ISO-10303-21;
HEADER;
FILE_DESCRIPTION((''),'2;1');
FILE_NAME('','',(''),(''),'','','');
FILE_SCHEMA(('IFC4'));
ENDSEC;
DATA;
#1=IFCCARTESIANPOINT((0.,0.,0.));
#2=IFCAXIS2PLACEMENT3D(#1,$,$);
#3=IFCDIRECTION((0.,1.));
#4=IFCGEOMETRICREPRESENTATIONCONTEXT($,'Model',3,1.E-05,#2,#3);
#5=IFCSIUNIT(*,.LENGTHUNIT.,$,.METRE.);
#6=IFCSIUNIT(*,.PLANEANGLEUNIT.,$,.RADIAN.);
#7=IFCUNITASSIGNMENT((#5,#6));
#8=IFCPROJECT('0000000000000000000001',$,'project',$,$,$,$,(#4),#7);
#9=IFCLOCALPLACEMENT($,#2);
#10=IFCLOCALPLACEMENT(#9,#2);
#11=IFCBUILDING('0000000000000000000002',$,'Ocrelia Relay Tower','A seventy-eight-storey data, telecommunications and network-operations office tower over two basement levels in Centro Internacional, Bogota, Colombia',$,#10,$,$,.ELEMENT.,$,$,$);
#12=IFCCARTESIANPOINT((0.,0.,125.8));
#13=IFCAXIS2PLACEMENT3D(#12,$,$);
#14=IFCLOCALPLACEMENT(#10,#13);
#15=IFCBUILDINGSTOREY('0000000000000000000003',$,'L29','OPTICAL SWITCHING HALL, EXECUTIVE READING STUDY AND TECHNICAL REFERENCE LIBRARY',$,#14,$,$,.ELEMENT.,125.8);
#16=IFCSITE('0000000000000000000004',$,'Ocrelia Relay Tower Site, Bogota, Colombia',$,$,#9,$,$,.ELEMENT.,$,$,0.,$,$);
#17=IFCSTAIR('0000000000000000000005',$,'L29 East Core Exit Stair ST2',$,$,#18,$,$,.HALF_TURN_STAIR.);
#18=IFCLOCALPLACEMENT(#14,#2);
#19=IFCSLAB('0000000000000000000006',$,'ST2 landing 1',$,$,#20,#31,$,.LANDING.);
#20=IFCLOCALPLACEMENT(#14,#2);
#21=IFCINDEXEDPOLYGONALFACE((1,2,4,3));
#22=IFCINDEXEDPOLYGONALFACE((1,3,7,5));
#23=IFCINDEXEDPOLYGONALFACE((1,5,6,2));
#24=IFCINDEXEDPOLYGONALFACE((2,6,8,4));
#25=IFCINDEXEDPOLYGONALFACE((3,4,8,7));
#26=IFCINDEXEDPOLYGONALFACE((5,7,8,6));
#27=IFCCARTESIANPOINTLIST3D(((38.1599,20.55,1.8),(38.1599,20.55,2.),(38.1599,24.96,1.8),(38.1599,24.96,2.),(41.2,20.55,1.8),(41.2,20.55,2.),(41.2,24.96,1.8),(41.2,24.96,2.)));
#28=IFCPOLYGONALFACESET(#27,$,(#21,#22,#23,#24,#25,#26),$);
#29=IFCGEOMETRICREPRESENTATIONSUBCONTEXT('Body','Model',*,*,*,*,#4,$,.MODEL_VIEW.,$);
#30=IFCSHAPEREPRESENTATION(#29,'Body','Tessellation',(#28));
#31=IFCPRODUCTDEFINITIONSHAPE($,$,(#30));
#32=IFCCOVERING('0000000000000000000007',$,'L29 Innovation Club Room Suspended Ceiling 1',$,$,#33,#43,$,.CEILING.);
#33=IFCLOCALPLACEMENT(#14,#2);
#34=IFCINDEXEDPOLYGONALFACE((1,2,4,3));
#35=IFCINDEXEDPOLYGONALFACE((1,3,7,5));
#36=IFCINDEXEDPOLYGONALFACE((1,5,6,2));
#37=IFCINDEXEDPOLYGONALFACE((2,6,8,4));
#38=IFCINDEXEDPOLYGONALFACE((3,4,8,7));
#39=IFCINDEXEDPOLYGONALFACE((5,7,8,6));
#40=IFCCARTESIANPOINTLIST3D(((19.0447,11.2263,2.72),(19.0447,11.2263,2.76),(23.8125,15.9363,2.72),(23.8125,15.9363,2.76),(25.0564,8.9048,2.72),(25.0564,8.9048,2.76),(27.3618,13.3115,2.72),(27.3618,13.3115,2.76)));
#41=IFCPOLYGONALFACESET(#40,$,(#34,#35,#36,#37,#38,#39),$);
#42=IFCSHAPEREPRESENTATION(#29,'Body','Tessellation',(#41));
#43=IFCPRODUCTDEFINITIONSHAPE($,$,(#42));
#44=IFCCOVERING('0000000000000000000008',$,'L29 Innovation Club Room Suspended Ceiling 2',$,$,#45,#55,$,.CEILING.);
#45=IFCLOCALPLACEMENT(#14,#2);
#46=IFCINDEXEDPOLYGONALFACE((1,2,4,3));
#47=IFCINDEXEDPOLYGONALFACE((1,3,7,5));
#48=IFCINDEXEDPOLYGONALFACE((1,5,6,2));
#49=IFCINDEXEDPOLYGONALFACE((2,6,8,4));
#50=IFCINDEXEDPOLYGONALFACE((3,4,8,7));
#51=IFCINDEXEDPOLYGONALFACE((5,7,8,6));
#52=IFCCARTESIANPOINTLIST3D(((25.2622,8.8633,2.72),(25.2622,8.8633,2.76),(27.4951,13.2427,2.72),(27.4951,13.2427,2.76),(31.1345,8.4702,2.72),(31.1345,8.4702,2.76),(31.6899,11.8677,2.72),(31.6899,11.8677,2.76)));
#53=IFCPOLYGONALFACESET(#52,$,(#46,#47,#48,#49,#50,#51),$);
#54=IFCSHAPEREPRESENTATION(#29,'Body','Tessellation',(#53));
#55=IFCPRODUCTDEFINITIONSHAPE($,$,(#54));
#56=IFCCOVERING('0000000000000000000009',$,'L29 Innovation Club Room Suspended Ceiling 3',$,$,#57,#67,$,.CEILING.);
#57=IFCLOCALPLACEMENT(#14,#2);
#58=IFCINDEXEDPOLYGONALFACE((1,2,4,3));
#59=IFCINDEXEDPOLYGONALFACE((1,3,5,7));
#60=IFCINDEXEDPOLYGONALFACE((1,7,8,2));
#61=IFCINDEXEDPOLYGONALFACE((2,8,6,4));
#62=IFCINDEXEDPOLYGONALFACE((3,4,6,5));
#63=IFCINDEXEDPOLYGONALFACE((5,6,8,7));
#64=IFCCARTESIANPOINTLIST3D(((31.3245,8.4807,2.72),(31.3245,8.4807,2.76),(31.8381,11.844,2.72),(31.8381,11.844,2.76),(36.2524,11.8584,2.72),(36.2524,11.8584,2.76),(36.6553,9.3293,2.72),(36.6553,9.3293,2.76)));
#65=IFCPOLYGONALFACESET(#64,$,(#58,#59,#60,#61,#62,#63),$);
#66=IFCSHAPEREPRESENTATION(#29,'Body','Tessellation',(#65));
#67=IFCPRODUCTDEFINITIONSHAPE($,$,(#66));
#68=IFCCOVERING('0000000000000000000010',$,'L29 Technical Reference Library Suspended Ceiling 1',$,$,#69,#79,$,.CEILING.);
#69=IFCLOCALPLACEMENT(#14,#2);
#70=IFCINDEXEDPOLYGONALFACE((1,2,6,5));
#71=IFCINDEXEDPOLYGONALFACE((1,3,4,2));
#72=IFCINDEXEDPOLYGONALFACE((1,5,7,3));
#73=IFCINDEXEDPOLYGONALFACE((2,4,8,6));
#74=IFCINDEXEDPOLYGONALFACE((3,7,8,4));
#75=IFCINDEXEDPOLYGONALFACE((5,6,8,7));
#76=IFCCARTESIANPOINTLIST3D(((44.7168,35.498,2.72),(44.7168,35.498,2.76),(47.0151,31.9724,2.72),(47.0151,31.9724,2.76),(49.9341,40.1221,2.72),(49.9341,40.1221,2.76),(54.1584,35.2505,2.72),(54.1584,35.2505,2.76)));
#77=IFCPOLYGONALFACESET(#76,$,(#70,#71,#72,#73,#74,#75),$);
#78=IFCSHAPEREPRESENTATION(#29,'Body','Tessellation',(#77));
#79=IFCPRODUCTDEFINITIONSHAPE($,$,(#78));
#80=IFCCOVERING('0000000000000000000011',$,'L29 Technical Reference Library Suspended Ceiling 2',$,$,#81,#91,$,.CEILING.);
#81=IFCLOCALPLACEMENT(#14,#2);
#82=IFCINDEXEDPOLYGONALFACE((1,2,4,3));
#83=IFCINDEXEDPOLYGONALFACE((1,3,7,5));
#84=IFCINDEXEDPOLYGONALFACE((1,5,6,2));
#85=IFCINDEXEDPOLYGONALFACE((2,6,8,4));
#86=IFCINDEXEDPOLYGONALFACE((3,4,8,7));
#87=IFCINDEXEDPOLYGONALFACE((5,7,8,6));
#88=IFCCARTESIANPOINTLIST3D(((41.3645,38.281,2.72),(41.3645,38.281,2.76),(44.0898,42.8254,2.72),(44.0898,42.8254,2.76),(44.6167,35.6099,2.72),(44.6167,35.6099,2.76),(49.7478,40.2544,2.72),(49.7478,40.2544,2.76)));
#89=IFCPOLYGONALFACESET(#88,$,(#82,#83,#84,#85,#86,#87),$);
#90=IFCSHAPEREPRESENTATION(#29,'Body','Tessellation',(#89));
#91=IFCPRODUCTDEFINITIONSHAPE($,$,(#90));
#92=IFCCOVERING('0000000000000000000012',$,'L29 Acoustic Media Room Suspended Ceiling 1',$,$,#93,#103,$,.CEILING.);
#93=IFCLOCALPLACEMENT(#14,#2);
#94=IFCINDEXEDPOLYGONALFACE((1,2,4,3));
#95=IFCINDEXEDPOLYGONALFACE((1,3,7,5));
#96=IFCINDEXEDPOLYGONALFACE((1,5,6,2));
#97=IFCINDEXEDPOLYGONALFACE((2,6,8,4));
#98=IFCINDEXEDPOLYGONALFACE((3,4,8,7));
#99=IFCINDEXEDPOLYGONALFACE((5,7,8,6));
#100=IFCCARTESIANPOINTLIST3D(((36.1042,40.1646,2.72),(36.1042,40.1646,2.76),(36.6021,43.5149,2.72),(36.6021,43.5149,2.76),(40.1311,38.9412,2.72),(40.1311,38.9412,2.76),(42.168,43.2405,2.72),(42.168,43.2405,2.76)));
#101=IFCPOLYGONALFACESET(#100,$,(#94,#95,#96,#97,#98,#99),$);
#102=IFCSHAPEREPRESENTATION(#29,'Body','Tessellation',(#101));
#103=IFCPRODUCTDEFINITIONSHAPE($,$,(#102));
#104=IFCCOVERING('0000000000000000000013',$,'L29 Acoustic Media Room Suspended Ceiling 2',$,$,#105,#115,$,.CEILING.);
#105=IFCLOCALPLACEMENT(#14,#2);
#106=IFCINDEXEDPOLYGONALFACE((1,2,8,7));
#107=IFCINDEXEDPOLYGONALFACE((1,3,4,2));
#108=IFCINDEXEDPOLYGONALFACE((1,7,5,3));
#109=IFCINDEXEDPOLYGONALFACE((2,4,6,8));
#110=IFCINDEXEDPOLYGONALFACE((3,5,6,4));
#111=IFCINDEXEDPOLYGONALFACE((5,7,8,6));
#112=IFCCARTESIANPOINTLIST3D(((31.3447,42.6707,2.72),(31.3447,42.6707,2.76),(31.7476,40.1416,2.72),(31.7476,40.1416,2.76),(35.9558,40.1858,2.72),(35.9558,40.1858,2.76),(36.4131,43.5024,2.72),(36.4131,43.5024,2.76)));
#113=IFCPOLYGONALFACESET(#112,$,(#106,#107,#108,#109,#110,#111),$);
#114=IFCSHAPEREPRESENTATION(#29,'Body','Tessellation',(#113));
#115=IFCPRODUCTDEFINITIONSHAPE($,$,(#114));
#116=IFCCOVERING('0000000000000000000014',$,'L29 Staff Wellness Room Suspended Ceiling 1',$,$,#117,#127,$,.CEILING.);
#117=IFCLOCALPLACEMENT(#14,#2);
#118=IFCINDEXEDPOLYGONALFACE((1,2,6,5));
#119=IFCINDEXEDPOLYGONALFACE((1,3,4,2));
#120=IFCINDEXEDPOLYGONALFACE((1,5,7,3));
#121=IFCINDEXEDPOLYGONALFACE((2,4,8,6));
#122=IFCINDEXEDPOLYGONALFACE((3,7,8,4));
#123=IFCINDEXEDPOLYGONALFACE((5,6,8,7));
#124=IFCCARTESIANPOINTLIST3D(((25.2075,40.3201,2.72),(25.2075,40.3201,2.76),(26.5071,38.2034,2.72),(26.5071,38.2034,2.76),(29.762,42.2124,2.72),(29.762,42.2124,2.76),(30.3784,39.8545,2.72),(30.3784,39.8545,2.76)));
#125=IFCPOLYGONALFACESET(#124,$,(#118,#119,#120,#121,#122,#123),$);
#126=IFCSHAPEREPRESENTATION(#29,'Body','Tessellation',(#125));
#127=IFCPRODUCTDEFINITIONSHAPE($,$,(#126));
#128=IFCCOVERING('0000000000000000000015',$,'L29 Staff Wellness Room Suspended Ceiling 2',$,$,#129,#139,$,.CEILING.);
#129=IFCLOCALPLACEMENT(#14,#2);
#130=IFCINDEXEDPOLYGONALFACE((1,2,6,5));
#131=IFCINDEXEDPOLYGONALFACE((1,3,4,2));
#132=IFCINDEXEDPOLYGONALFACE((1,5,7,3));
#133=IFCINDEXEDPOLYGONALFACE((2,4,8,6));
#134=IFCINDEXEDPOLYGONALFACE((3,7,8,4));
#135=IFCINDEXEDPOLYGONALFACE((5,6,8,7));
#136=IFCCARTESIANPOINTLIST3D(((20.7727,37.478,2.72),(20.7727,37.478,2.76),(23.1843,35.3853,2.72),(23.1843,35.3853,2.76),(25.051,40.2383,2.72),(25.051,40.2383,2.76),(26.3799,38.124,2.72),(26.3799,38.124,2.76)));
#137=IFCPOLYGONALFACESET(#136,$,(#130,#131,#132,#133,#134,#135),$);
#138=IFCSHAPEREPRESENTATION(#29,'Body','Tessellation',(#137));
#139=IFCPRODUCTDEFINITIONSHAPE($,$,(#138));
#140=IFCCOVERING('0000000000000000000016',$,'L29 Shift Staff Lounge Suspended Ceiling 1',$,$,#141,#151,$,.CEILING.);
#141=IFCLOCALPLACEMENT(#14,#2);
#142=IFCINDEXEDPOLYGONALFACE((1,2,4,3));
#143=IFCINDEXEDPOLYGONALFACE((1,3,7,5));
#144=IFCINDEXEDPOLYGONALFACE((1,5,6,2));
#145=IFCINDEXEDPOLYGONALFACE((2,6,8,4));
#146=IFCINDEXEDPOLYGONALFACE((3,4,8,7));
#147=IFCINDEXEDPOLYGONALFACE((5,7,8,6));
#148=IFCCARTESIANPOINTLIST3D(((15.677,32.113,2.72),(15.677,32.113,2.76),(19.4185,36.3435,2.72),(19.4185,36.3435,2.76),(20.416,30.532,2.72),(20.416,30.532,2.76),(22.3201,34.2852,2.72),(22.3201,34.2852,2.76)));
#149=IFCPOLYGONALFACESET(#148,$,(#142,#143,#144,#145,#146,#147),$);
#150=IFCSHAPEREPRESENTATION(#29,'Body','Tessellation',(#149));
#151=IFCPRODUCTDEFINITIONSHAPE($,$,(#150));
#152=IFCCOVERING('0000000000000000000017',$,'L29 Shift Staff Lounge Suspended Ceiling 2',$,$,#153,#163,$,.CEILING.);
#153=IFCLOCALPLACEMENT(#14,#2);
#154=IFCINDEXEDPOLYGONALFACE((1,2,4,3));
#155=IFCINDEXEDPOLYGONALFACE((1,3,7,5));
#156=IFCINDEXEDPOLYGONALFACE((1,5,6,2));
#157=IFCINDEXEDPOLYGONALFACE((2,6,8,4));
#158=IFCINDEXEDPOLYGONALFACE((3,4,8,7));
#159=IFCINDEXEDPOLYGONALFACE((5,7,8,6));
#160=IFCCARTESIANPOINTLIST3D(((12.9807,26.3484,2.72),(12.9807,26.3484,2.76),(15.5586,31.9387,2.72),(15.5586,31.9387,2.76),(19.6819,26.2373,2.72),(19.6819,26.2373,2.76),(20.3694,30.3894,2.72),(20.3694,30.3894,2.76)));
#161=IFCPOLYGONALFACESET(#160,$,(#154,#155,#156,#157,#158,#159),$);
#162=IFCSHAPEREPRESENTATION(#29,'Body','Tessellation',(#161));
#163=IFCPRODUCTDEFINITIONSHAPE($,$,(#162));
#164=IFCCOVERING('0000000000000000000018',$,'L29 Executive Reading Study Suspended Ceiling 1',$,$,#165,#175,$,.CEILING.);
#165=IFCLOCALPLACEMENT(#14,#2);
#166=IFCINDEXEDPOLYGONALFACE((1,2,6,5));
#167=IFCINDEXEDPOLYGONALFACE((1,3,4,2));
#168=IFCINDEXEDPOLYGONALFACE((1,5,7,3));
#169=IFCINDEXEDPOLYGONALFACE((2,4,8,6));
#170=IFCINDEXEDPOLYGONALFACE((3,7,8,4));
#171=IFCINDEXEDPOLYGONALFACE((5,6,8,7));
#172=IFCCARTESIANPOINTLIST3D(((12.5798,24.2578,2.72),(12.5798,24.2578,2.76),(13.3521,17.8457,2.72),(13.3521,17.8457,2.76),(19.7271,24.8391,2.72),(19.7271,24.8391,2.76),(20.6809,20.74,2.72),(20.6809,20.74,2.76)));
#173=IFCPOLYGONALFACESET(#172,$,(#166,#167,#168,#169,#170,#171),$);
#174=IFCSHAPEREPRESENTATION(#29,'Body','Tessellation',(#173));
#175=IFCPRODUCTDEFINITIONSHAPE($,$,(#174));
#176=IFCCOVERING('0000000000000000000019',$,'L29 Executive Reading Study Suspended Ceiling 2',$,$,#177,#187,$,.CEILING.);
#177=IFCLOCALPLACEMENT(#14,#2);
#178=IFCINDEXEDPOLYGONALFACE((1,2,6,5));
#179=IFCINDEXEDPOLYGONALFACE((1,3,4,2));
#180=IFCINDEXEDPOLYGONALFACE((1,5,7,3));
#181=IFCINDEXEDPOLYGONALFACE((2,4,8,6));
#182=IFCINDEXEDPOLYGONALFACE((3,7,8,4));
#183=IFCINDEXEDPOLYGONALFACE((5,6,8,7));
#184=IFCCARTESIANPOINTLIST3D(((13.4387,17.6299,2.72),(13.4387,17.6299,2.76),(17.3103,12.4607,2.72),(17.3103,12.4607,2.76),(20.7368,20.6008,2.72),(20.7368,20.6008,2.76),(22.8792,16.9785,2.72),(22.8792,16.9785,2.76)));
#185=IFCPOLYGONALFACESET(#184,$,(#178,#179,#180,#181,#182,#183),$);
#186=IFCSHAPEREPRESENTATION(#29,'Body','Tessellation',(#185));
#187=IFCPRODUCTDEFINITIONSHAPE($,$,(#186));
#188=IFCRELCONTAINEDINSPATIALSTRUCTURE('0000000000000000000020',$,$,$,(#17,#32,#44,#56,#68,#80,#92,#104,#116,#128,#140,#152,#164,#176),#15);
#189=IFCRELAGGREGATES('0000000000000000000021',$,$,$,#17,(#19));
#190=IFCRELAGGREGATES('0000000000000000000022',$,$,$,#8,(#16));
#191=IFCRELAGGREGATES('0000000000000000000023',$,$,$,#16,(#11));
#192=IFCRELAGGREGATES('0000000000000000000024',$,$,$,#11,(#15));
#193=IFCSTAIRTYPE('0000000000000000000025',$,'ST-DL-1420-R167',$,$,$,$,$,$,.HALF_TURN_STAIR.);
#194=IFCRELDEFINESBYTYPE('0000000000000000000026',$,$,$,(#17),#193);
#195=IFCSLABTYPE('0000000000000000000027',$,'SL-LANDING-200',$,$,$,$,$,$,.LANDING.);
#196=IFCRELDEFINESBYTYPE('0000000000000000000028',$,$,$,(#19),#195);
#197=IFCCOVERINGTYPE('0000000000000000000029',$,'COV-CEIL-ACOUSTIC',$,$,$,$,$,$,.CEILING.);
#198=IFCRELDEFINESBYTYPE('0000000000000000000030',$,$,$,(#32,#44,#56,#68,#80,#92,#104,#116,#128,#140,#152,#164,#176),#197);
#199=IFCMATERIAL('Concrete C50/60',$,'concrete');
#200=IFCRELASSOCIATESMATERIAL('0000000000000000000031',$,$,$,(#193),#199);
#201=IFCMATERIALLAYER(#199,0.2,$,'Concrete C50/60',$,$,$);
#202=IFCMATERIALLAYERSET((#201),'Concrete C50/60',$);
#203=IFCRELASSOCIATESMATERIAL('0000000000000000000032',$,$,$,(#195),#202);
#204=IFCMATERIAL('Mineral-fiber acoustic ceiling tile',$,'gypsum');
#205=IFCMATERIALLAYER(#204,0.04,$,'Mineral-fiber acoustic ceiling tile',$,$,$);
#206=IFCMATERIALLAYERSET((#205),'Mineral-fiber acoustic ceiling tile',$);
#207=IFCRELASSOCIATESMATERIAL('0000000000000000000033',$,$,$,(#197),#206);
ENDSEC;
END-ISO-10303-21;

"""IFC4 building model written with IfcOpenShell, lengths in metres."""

from ifc_helpers import new_model, si_unit, direction, frame, origin, place, context, subcontext, project, spatial, polyline, outline, extrude, material, layer, layer_set, type_object, element, aggregate, save


model = new_model("IFC4")

# Units and contexts
model_context = context("Model", 3, precision=1e-05, world=origin(), true_north=direction((0.0, 1.0)))
body_context = subcontext(model_context, "Body", "Model", "MODEL_VIEW")
ifc_project = project(units=[si_unit("LENGTHUNIT", "METRE"), si_unit("PLANEANGLEUNIT", "RADIAN")], contexts=[model_context])

# Site, building, storey
site_placement = place(None, origin())
site = spatial("IfcSite", under=ifc_project, at=site_placement, Name="Ocrelia Relay Tower Site, Bogota, Colombia", CompositionType="ELEMENT", RefElevation=0.0)
building_placement = place(site_placement, origin())
building = spatial("IfcBuilding", under=site, at=building_placement, Name="Ocrelia Relay Tower", Description="A seventy-eight-storey data, telecommunications and network-operations office tower over two basement levels in Centro Internacional, Bogota, Colombia", CompositionType="ELEMENT")
storey_placement = place(building_placement, frame((0.0, 0.0, 125.8)))
storey = spatial("IfcBuildingStorey", under=building, at=storey_placement, Name="L29", Description="OPTICAL SWITCHING HALL, EXECUTIVE READING STUDY AND TECHNICAL REFERENCE LIBRARY", CompositionType="ELEMENT", Elevation=125.8)

# Shared definitions
ifc_material_1 = material(Name="Concrete C50/60", Category="concrete")

# Stair, slab
stair_type = type_object("IfcStairType", Name="ST-DL-1420-R167", PredefinedType="HALF_TURN_STAIR", material=ifc_material_1)
ifc_layer_1 = layer(ifc_material_1, 0.2, Name="Concrete C50/60")
ifc_layer_set_1 = layer_set([ifc_layer_1], Name="Concrete C50/60")
slab_type_1 = type_object("IfcSlabType", Name="SL-LANDING-200", PredefinedType="LANDING", material=ifc_layer_set_1)
stair_1_placement = place(storey_placement, origin())
stair_1 = element("IfcStair", 1, at=stair_1_placement, inside=storey, type_object=stair_type, Name="L29 East Core Exit Stair ST2", PredefinedType="HALF_TURN_STAIR")
slab_1_placement = place(storey_placement, frame((0.0, 0.0, 1.8)))
slab_1 = element("IfcSlab", 2, at=slab_1_placement, type_object=slab_type_1, Name="ST2 landing 1", PredefinedType="LANDING", context=body_context, shape_type="SweptSolid", body=[
    extrude(outline(polyline([(38.1599, 24.96), (38.1599, 20.55), (41.2, 20.55), (41.2, 24.96), (38.1599, 24.96)])), origin(), (0.0, 0.0, 1.0), 0.2),
])
aggregate(stair_1, [slab_1])

# Coverings
ifc_material_2 = material(Name="Mineral-fiber acoustic ceiling tile", Category="gypsum")
ifc_layer_2 = layer(ifc_material_2, 0.04, Name="Mineral-fiber acoustic ceiling tile")
ifc_layer_set_2 = layer_set([ifc_layer_2], Name="Mineral-fiber acoustic ceiling tile")
covering_type_1 = type_object("IfcCoveringType", Name="COV-CEIL-ACOUSTIC", PredefinedType="CEILING", material=ifc_layer_set_2)
covering_1_placement = place(storey_placement, frame((0.0, 0.0, 2.72)))
element("IfcCovering", 3, at=covering_1_placement, inside=storey, type_object=covering_type_1, Name="L29 Innovation Club Room Suspended Ceiling 1", PredefinedType="CEILING", context=body_context, shape_type="SweptSolid", body=[
    extrude(outline(polyline([(23.8125, 15.9363), (19.0447, 11.2263), (25.0564, 8.9048), (27.3618, 13.3115), (23.8125, 15.9363)])), origin(), (0.0, 0.0, 1.0), 0.04),
])
covering_2_placement = place(storey_placement, frame((0.0, 0.0, 2.72)))
element("IfcCovering", 4, at=covering_2_placement, inside=storey, type_object=covering_type_1, Name="L29 Innovation Club Room Suspended Ceiling 2", PredefinedType="CEILING", context=body_context, shape_type="SweptSolid", body=[
    extrude(outline(polyline([(27.4951, 13.2427), (25.2622, 8.8633), (31.1345, 8.4702), (31.6899, 11.8677), (27.4951, 13.2427)])), origin(), (0.0, 0.0, 1.0), 0.04),
])
covering_3_placement = place(storey_placement, frame((0.0, 0.0, 2.72)))
element("IfcCovering", 5, at=covering_3_placement, inside=storey, type_object=covering_type_1, Name="L29 Innovation Club Room Suspended Ceiling 3", PredefinedType="CEILING", context=body_context, shape_type="SweptSolid", body=[
    extrude(outline(polyline([(31.8381, 11.844), (31.3245, 8.4807), (36.6553, 9.3293), (36.2524, 11.8584), (31.8381, 11.844)])), origin(), (0.0, 0.0, 1.0), 0.04),
])
covering_4_placement = place(storey_placement, frame((0.0, 0.0, 2.72)))
element("IfcCovering", 6, at=covering_4_placement, inside=storey, type_object=covering_type_1, Name="L29 Technical Reference Library Suspended Ceiling 1", PredefinedType="CEILING", context=body_context, shape_type="SweptSolid", body=[
    extrude(outline(polyline([(47.0151, 31.9724), (54.1584, 35.2505), (49.9341, 40.1221), (44.7168, 35.498), (47.0151, 31.9724)])), origin(), (0.0, 0.0, 1.0), 0.04),
])
covering_5_placement = place(storey_placement, frame((0.0, 0.0, 2.72)))
element("IfcCovering", 7, at=covering_5_placement, inside=storey, type_object=covering_type_1, Name="L29 Technical Reference Library Suspended Ceiling 2", PredefinedType="CEILING", context=body_context, shape_type="SweptSolid", body=[
    extrude(outline(polyline([(44.6167, 35.6099), (49.7478, 40.2544), (44.0898, 42.8254), (41.3645, 38.281), (44.6167, 35.6099)])), origin(), (0.0, 0.0, 1.0), 0.04),
])
covering_6_placement = place(storey_placement, frame((0.0, 0.0, 2.72)))
element("IfcCovering", 8, at=covering_6_placement, inside=storey, type_object=covering_type_1, Name="L29 Acoustic Media Room Suspended Ceiling 1", PredefinedType="CEILING", context=body_context, shape_type="SweptSolid", body=[
    extrude(outline(polyline([(40.1311, 38.9412), (42.168, 43.2405), (36.6021, 43.5149), (36.1042, 40.1646), (40.1311, 38.9412)])), origin(), (0.0, 0.0, 1.0), 0.04),
])
covering_7_placement = place(storey_placement, frame((0.0, 0.0, 2.72)))
element("IfcCovering", 9, at=covering_7_placement, inside=storey, type_object=covering_type_1, Name="L29 Acoustic Media Room Suspended Ceiling 2", PredefinedType="CEILING", context=body_context, shape_type="SweptSolid", body=[
    extrude(outline(polyline([(35.9558, 40.1858), (36.4131, 43.5024), (31.3447, 42.6707), (31.7476, 40.1416), (35.9558, 40.1858)])), origin(), (0.0, 0.0, 1.0), 0.04),
])
covering_8_placement = place(storey_placement, frame((0.0, 0.0, 2.72)))
element("IfcCovering", 10, at=covering_8_placement, inside=storey, type_object=covering_type_1, Name="L29 Staff Wellness Room Suspended Ceiling 1", PredefinedType="CEILING", context=body_context, shape_type="SweptSolid", body=[
    extrude(outline(polyline([(30.3784, 39.8545), (29.762, 42.2124), (25.2075, 40.3201), (26.5071, 38.2034), (30.3784, 39.8545)])), origin(), (0.0, 0.0, 1.0), 0.04),
])
covering_9_placement = place(storey_placement, frame((0.0, 0.0, 2.72)))
element("IfcCovering", 11, at=covering_9_placement, inside=storey, type_object=covering_type_1, Name="L29 Staff Wellness Room Suspended Ceiling 2", PredefinedType="CEILING", context=body_context, shape_type="SweptSolid", body=[
    extrude(outline(polyline([(26.3799, 38.124), (25.051, 40.2383), (20.7727, 37.478), (23.1843, 35.3853), (26.3799, 38.124)])), origin(), (0.0, 0.0, 1.0), 0.04),
])
covering_10_placement = place(storey_placement, frame((0.0, 0.0, 2.72)))
element("IfcCovering", 12, at=covering_10_placement, inside=storey, type_object=covering_type_1, Name="L29 Shift Staff Lounge Suspended Ceiling 1", PredefinedType="CEILING", context=body_context, shape_type="SweptSolid", body=[
    extrude(outline(polyline([(22.3201, 34.2852), (19.4185, 36.3435), (15.677, 32.113), (20.416, 30.532), (22.3201, 34.2852)])), origin(), (0.0, 0.0, 1.0), 0.04),
])
covering_11_placement = place(storey_placement, frame((0.0, 0.0, 2.72)))
element("IfcCovering", 13, at=covering_11_placement, inside=storey, type_object=covering_type_1, Name="L29 Shift Staff Lounge Suspended Ceiling 2", PredefinedType="CEILING", context=body_context, shape_type="SweptSolid", body=[
    extrude(outline(polyline([(20.3694, 30.3894), (15.5586, 31.9387), (12.9807, 26.3484), (19.6819, 26.2373), (20.3694, 30.3894)])), origin(), (0.0, 0.0, 1.0), 0.04),
])
covering_12_placement = place(storey_placement, frame((0.0, 0.0, 2.72)))
element("IfcCovering", 14, at=covering_12_placement, inside=storey, type_object=covering_type_1, Name="L29 Executive Reading Study Suspended Ceiling 1", PredefinedType="CEILING", context=body_context, shape_type="SweptSolid", body=[
    extrude(outline(polyline([(19.7271, 24.8391), (12.5798, 24.2578), (13.3521, 17.8457), (20.6809, 20.74), (19.7271, 24.8391)])), origin(), (0.0, 0.0, 1.0), 0.04),
])
covering_13_placement = place(storey_placement, frame((0.0, 0.0, 2.72)))
element("IfcCovering", 15, at=covering_13_placement, inside=storey, type_object=covering_type_1, Name="L29 Executive Reading Study Suspended Ceiling 2", PredefinedType="CEILING", context=body_context, shape_type="SweptSolid", body=[
    extrude(outline(polyline([(20.7368, 20.6008), (13.4387, 17.6299), (17.3103, 12.4607), (22.8792, 16.9785), (20.7368, 20.6008)])), origin(), (0.0, 0.0, 1.0), 0.04),
])

save(model, "model.ifc")
